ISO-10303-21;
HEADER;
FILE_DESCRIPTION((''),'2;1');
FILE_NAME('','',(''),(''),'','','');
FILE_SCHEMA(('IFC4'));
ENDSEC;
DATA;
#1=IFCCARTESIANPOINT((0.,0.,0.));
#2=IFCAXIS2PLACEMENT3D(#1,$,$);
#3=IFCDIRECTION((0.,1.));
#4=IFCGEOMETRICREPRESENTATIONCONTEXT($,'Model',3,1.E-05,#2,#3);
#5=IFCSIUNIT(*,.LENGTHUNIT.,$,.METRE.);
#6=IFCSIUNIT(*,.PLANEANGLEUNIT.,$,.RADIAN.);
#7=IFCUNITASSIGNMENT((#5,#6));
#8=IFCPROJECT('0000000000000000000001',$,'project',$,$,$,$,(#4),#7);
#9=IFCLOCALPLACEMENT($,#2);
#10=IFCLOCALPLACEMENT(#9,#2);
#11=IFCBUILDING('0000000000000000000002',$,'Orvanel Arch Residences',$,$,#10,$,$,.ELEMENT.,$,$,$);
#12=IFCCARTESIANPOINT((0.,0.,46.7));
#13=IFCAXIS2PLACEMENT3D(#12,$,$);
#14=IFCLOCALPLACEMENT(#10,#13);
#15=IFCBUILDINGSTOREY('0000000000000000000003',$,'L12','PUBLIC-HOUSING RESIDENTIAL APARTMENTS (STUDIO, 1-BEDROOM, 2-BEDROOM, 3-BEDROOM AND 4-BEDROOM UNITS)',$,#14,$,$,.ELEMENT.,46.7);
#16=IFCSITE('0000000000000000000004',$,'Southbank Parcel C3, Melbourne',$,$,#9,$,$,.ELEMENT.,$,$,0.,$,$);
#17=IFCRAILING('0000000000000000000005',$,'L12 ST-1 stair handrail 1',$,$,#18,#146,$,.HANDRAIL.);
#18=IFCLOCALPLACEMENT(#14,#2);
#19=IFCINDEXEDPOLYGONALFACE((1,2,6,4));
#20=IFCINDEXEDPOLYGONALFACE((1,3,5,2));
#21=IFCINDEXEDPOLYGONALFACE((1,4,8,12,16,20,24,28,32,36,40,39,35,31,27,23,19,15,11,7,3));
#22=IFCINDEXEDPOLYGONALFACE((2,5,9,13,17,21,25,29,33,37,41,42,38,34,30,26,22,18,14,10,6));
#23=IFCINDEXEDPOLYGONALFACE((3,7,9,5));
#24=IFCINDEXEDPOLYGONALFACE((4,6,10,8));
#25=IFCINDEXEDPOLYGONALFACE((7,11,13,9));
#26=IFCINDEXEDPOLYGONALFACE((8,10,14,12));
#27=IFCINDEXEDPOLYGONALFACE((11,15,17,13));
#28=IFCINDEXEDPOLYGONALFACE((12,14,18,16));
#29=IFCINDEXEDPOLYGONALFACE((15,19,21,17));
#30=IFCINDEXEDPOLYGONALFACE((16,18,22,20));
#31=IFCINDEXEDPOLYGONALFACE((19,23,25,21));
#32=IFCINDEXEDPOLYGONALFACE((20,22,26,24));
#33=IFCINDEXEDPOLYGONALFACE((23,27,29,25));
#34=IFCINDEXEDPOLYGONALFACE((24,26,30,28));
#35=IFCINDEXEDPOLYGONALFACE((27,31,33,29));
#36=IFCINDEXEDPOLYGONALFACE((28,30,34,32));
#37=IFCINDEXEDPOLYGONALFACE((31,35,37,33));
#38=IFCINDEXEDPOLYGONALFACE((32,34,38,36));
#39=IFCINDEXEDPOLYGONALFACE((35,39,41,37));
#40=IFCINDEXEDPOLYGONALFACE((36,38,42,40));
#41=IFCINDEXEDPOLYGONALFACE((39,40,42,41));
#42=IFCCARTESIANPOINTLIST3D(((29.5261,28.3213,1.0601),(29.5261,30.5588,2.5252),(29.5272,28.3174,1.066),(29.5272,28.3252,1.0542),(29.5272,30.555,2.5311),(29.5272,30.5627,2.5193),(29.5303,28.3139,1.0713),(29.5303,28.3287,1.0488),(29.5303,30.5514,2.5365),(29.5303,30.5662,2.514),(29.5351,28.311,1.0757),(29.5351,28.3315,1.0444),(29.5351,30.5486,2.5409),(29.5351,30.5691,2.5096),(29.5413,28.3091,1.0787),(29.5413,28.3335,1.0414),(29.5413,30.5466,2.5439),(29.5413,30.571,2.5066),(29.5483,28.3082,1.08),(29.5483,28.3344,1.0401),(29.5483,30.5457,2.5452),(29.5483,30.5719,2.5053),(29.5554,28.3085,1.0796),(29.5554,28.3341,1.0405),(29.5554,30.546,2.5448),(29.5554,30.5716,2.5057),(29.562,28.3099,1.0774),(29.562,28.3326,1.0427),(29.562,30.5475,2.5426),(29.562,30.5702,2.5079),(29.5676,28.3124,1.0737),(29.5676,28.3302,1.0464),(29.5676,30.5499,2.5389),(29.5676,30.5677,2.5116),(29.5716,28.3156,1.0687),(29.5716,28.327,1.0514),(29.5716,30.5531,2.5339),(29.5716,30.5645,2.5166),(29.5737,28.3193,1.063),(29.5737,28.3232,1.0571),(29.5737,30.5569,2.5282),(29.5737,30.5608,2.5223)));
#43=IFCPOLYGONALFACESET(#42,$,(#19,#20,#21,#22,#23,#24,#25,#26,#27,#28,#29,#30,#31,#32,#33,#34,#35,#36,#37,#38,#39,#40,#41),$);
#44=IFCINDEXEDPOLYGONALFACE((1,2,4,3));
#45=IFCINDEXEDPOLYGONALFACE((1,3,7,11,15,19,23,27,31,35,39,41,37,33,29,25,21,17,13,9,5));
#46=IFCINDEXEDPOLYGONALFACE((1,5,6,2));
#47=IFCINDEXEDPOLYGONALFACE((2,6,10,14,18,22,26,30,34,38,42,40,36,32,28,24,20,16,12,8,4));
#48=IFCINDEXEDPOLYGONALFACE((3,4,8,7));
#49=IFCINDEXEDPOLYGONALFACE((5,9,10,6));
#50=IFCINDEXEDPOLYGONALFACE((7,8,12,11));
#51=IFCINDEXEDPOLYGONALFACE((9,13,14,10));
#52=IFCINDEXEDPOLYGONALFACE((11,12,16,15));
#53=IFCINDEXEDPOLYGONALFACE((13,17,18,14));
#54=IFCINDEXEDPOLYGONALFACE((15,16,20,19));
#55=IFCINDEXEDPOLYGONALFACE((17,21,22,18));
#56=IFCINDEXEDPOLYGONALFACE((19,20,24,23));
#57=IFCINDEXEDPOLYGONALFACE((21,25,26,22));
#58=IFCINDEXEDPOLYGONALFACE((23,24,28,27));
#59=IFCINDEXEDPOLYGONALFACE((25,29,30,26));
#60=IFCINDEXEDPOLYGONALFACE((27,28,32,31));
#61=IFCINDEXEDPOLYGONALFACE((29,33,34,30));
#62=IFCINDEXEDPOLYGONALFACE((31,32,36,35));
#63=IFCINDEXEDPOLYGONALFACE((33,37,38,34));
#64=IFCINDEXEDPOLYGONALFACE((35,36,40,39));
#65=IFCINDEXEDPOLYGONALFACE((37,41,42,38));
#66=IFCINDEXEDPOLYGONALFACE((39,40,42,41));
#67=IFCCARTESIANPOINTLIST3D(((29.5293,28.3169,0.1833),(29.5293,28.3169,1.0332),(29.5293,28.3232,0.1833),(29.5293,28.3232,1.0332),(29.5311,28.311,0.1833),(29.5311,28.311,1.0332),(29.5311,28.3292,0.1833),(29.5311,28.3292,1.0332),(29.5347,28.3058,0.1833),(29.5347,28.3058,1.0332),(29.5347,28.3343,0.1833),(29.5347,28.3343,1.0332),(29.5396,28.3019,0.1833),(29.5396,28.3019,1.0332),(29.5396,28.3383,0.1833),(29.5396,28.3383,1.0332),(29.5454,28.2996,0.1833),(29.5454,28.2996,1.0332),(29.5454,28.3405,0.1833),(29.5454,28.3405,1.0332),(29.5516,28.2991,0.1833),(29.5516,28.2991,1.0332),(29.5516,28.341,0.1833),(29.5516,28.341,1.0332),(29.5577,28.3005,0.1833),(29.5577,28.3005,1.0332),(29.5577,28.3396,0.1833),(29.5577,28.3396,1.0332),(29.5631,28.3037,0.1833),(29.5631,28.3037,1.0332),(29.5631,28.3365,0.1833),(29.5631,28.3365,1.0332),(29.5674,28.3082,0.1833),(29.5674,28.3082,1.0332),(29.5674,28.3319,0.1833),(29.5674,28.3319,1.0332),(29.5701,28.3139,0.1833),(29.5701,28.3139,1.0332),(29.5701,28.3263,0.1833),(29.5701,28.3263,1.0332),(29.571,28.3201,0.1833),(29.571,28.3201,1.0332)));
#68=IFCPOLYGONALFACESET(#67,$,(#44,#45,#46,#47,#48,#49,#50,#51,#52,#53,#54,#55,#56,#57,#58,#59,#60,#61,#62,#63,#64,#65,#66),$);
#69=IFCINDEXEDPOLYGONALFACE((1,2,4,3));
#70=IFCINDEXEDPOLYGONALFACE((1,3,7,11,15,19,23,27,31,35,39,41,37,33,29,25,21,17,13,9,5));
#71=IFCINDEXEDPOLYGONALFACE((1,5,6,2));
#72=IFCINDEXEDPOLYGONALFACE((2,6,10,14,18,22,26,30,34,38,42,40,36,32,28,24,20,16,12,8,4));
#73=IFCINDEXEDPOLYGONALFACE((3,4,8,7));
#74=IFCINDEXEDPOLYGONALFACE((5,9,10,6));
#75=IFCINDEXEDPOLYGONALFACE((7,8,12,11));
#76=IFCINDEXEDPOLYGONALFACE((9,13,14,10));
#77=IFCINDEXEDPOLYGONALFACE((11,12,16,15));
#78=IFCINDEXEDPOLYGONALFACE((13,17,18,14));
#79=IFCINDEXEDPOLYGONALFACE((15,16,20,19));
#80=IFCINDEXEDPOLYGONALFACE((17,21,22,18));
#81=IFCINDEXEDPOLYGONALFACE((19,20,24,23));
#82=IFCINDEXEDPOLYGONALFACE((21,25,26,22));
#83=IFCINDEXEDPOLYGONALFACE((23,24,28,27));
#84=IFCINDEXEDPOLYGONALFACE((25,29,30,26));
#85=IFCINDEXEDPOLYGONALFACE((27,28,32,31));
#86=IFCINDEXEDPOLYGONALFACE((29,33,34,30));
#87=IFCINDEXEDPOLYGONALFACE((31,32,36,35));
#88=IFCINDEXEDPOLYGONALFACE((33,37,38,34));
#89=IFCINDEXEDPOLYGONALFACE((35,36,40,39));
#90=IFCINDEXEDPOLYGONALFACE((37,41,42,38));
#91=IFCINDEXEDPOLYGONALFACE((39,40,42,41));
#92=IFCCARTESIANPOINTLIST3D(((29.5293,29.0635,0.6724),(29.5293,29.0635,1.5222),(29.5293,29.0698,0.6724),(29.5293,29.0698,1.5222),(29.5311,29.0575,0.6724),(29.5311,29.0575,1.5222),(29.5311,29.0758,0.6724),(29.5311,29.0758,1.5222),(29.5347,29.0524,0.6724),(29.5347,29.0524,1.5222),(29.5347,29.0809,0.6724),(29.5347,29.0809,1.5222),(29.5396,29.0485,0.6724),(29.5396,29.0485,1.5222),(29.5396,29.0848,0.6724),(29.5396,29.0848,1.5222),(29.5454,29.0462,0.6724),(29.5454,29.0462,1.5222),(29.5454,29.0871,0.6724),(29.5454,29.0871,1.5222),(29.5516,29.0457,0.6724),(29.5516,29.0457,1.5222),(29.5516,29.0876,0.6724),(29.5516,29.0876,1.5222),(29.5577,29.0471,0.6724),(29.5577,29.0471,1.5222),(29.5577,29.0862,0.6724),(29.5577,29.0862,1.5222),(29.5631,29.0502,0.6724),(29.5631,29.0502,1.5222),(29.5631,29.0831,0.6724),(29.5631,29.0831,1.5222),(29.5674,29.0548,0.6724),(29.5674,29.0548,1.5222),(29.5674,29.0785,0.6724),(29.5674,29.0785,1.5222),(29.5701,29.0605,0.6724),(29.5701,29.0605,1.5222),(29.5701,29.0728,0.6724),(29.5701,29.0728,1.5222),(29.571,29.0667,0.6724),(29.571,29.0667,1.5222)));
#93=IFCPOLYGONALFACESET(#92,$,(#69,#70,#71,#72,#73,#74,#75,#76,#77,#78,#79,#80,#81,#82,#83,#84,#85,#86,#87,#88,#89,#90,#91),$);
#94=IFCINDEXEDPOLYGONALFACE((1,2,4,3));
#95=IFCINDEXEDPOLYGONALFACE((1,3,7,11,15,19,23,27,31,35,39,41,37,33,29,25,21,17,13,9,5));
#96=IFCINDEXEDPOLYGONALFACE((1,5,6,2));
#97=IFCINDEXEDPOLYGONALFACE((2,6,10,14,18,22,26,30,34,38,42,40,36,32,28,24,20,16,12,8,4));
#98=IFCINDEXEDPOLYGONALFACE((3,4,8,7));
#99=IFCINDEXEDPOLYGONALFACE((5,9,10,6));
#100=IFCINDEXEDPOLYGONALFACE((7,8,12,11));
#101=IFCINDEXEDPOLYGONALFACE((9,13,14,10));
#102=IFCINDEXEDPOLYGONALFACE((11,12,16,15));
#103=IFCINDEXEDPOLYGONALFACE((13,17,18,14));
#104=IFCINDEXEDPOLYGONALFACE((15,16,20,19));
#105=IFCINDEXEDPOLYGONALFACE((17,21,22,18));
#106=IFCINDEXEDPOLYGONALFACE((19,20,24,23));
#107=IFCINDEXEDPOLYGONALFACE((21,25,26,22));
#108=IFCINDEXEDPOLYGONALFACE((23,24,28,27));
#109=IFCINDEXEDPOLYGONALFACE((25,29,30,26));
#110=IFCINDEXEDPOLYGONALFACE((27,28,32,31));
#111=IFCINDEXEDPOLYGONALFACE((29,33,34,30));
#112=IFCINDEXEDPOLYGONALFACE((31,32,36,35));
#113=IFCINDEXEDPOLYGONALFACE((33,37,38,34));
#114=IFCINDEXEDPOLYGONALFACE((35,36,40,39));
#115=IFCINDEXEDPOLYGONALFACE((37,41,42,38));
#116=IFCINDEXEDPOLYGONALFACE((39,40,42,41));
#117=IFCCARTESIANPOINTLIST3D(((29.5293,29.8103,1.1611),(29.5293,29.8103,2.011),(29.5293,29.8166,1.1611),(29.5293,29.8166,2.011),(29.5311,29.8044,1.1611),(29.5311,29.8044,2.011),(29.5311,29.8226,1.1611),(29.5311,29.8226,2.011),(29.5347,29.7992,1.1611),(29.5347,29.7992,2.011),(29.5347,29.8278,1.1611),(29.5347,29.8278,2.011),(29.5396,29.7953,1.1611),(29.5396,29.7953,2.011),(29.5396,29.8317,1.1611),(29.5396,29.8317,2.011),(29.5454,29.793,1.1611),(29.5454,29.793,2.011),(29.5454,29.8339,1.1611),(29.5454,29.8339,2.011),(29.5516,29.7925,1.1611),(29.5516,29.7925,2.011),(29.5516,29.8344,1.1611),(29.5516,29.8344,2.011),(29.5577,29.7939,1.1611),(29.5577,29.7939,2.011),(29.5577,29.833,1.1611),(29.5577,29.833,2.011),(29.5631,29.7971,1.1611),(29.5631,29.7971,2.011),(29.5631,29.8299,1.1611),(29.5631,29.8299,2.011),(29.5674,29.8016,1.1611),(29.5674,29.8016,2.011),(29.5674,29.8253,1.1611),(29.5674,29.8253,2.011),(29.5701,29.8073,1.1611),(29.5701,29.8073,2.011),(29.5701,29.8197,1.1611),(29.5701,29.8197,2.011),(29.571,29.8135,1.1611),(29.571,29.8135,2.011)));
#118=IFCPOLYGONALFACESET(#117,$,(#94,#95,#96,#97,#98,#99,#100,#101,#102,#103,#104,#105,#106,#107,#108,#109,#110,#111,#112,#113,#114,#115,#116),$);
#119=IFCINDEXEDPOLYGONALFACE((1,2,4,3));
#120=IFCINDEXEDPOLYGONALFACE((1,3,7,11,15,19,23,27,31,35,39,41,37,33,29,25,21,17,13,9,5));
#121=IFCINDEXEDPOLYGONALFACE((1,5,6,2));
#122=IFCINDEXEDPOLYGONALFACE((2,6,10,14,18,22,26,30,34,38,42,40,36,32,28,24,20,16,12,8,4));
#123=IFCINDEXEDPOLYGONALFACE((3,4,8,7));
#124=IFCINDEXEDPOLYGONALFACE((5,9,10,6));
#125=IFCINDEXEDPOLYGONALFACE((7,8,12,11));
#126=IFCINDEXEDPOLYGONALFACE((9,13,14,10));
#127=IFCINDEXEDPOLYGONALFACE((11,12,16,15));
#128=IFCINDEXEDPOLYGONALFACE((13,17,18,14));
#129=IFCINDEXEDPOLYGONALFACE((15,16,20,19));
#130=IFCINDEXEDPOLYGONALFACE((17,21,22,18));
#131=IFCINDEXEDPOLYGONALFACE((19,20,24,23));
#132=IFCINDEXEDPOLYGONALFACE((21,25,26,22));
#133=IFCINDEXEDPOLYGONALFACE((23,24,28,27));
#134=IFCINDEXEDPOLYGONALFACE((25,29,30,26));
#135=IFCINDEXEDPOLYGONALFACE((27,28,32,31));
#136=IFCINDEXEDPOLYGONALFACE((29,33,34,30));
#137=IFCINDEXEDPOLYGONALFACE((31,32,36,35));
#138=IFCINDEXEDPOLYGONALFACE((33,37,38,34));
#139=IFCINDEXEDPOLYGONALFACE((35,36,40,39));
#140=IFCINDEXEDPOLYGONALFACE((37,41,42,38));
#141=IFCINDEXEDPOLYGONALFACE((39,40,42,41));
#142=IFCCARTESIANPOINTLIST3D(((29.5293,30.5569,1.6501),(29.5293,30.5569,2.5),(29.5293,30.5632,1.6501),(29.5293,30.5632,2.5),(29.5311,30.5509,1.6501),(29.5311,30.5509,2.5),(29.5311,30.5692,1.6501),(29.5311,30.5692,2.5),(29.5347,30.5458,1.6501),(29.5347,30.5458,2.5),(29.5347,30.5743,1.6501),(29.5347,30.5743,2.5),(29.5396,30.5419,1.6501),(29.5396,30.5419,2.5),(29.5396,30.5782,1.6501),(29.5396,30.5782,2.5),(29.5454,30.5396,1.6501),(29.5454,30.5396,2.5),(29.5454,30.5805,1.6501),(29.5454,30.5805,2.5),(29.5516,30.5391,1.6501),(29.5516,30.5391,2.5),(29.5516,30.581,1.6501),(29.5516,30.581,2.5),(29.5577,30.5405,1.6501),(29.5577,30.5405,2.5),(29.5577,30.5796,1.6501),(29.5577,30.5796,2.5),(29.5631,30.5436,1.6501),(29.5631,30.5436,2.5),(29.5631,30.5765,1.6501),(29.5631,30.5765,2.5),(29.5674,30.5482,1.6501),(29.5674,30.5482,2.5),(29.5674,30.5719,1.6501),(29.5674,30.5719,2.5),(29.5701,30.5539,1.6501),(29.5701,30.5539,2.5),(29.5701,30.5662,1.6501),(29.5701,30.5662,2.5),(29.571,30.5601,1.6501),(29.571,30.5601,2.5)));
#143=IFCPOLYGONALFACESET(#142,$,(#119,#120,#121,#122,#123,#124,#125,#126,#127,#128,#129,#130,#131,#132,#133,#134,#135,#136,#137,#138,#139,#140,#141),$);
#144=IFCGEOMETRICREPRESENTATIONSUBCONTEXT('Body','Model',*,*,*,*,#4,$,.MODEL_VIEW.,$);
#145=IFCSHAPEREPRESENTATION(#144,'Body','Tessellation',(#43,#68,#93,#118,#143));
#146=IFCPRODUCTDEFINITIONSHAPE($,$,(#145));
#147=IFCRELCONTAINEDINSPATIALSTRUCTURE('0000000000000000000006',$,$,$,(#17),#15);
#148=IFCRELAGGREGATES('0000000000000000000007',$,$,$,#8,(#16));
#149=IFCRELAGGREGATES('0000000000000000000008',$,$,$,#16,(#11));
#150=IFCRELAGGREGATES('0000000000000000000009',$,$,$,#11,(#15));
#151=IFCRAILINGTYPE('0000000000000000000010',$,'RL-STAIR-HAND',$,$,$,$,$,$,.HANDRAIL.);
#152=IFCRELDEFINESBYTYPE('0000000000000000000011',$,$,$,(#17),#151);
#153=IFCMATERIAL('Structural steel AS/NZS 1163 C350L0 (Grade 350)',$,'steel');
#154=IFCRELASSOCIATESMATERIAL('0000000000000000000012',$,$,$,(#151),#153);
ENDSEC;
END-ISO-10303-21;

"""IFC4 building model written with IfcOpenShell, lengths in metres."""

from ifc_helpers import new_model, si_unit, direction, frame, origin, origin_2d, place, context, subcontext, project, spatial, circle, extrude, material, type_object, element, save


model = new_model("IFC4")

# Units and contexts
model_context = context("Model", 3, precision=1e-05, world=origin(), true_north=direction((0.0, 1.0)))
body_context = subcontext(model_context, "Body", "Model", "MODEL_VIEW")
ifc_project = project(units=[si_unit("LENGTHUNIT", "METRE"), si_unit("PLANEANGLEUNIT", "RADIAN")], contexts=[model_context])

# Site, building, storey
site_placement = place(None, origin())
site = spatial("IfcSite", under=ifc_project, at=site_placement, Name="Southbank Parcel C3, Melbourne", CompositionType="ELEMENT", RefElevation=0.0)
building_placement = place(site_placement, origin())
building = spatial("IfcBuilding", under=site, at=building_placement, Name="Orvanel Arch Residences", CompositionType="ELEMENT")
storey_placement = place(building_placement, frame((0.0, 0.0, 46.7)))
storey = spatial("IfcBuildingStorey", under=building, at=storey_placement, Name="L12", Description="PUBLIC-HOUSING RESIDENTIAL APARTMENTS (STUDIO, 1-BEDROOM, 2-BEDROOM, 3-BEDROOM AND 4-BEDROOM UNITS)", CompositionType="ELEMENT", Elevation=46.7)

# Railing
ifc_material_1 = material(Name="Structural steel AS/NZS 1163 C350L0 (Grade 350)", Category="steel")
railing_type_1 = type_object("IfcRailingType", Name="RL-STAIR-HAND", PredefinedType="HANDRAIL", material=ifc_material_1)
railing_1_placement = place(storey_placement, frame((29.55, 28.3201, 0.1833)))
element("IfcRailing", 1, at=railing_1_placement, inside=storey, type_object=railing_type_1, Name="L12 ST-1 stair handrail 1", PredefinedType="HANDRAIL", context=body_context, shape_type="SweptSolid", body=[
    extrude(circle(Radius=0.0239, at=origin_2d()), frame((0.0, 0.0012, 0.8767), z_axis=(0.0, 0.836595, 0.547822), x_axis=(-1.0, 0.0, 0.0)), (0.0, 0.0, 1.0), 2.6746),
    extrude(circle(Radius=0.021, at=origin_2d()), origin(), (0.0, 0.0, 1.0), 0.8499),
    extrude(circle(Radius=0.021, at=origin_2d()), frame((0.0, 0.7466, 0.489)), (0.0, 0.0, 1.0), 0.8499),
    extrude(circle(Radius=0.021, at=origin_2d()), frame((0.0, 1.4934, 0.9778)), (0.0, 0.0, 1.0), 0.8499),
    extrude(circle(Radius=0.021, at=origin_2d()), frame((0.0, 2.24, 1.4668)), (0.0, 0.0, 1.0), 0.8499),
])

save(model, "model.ifc")
